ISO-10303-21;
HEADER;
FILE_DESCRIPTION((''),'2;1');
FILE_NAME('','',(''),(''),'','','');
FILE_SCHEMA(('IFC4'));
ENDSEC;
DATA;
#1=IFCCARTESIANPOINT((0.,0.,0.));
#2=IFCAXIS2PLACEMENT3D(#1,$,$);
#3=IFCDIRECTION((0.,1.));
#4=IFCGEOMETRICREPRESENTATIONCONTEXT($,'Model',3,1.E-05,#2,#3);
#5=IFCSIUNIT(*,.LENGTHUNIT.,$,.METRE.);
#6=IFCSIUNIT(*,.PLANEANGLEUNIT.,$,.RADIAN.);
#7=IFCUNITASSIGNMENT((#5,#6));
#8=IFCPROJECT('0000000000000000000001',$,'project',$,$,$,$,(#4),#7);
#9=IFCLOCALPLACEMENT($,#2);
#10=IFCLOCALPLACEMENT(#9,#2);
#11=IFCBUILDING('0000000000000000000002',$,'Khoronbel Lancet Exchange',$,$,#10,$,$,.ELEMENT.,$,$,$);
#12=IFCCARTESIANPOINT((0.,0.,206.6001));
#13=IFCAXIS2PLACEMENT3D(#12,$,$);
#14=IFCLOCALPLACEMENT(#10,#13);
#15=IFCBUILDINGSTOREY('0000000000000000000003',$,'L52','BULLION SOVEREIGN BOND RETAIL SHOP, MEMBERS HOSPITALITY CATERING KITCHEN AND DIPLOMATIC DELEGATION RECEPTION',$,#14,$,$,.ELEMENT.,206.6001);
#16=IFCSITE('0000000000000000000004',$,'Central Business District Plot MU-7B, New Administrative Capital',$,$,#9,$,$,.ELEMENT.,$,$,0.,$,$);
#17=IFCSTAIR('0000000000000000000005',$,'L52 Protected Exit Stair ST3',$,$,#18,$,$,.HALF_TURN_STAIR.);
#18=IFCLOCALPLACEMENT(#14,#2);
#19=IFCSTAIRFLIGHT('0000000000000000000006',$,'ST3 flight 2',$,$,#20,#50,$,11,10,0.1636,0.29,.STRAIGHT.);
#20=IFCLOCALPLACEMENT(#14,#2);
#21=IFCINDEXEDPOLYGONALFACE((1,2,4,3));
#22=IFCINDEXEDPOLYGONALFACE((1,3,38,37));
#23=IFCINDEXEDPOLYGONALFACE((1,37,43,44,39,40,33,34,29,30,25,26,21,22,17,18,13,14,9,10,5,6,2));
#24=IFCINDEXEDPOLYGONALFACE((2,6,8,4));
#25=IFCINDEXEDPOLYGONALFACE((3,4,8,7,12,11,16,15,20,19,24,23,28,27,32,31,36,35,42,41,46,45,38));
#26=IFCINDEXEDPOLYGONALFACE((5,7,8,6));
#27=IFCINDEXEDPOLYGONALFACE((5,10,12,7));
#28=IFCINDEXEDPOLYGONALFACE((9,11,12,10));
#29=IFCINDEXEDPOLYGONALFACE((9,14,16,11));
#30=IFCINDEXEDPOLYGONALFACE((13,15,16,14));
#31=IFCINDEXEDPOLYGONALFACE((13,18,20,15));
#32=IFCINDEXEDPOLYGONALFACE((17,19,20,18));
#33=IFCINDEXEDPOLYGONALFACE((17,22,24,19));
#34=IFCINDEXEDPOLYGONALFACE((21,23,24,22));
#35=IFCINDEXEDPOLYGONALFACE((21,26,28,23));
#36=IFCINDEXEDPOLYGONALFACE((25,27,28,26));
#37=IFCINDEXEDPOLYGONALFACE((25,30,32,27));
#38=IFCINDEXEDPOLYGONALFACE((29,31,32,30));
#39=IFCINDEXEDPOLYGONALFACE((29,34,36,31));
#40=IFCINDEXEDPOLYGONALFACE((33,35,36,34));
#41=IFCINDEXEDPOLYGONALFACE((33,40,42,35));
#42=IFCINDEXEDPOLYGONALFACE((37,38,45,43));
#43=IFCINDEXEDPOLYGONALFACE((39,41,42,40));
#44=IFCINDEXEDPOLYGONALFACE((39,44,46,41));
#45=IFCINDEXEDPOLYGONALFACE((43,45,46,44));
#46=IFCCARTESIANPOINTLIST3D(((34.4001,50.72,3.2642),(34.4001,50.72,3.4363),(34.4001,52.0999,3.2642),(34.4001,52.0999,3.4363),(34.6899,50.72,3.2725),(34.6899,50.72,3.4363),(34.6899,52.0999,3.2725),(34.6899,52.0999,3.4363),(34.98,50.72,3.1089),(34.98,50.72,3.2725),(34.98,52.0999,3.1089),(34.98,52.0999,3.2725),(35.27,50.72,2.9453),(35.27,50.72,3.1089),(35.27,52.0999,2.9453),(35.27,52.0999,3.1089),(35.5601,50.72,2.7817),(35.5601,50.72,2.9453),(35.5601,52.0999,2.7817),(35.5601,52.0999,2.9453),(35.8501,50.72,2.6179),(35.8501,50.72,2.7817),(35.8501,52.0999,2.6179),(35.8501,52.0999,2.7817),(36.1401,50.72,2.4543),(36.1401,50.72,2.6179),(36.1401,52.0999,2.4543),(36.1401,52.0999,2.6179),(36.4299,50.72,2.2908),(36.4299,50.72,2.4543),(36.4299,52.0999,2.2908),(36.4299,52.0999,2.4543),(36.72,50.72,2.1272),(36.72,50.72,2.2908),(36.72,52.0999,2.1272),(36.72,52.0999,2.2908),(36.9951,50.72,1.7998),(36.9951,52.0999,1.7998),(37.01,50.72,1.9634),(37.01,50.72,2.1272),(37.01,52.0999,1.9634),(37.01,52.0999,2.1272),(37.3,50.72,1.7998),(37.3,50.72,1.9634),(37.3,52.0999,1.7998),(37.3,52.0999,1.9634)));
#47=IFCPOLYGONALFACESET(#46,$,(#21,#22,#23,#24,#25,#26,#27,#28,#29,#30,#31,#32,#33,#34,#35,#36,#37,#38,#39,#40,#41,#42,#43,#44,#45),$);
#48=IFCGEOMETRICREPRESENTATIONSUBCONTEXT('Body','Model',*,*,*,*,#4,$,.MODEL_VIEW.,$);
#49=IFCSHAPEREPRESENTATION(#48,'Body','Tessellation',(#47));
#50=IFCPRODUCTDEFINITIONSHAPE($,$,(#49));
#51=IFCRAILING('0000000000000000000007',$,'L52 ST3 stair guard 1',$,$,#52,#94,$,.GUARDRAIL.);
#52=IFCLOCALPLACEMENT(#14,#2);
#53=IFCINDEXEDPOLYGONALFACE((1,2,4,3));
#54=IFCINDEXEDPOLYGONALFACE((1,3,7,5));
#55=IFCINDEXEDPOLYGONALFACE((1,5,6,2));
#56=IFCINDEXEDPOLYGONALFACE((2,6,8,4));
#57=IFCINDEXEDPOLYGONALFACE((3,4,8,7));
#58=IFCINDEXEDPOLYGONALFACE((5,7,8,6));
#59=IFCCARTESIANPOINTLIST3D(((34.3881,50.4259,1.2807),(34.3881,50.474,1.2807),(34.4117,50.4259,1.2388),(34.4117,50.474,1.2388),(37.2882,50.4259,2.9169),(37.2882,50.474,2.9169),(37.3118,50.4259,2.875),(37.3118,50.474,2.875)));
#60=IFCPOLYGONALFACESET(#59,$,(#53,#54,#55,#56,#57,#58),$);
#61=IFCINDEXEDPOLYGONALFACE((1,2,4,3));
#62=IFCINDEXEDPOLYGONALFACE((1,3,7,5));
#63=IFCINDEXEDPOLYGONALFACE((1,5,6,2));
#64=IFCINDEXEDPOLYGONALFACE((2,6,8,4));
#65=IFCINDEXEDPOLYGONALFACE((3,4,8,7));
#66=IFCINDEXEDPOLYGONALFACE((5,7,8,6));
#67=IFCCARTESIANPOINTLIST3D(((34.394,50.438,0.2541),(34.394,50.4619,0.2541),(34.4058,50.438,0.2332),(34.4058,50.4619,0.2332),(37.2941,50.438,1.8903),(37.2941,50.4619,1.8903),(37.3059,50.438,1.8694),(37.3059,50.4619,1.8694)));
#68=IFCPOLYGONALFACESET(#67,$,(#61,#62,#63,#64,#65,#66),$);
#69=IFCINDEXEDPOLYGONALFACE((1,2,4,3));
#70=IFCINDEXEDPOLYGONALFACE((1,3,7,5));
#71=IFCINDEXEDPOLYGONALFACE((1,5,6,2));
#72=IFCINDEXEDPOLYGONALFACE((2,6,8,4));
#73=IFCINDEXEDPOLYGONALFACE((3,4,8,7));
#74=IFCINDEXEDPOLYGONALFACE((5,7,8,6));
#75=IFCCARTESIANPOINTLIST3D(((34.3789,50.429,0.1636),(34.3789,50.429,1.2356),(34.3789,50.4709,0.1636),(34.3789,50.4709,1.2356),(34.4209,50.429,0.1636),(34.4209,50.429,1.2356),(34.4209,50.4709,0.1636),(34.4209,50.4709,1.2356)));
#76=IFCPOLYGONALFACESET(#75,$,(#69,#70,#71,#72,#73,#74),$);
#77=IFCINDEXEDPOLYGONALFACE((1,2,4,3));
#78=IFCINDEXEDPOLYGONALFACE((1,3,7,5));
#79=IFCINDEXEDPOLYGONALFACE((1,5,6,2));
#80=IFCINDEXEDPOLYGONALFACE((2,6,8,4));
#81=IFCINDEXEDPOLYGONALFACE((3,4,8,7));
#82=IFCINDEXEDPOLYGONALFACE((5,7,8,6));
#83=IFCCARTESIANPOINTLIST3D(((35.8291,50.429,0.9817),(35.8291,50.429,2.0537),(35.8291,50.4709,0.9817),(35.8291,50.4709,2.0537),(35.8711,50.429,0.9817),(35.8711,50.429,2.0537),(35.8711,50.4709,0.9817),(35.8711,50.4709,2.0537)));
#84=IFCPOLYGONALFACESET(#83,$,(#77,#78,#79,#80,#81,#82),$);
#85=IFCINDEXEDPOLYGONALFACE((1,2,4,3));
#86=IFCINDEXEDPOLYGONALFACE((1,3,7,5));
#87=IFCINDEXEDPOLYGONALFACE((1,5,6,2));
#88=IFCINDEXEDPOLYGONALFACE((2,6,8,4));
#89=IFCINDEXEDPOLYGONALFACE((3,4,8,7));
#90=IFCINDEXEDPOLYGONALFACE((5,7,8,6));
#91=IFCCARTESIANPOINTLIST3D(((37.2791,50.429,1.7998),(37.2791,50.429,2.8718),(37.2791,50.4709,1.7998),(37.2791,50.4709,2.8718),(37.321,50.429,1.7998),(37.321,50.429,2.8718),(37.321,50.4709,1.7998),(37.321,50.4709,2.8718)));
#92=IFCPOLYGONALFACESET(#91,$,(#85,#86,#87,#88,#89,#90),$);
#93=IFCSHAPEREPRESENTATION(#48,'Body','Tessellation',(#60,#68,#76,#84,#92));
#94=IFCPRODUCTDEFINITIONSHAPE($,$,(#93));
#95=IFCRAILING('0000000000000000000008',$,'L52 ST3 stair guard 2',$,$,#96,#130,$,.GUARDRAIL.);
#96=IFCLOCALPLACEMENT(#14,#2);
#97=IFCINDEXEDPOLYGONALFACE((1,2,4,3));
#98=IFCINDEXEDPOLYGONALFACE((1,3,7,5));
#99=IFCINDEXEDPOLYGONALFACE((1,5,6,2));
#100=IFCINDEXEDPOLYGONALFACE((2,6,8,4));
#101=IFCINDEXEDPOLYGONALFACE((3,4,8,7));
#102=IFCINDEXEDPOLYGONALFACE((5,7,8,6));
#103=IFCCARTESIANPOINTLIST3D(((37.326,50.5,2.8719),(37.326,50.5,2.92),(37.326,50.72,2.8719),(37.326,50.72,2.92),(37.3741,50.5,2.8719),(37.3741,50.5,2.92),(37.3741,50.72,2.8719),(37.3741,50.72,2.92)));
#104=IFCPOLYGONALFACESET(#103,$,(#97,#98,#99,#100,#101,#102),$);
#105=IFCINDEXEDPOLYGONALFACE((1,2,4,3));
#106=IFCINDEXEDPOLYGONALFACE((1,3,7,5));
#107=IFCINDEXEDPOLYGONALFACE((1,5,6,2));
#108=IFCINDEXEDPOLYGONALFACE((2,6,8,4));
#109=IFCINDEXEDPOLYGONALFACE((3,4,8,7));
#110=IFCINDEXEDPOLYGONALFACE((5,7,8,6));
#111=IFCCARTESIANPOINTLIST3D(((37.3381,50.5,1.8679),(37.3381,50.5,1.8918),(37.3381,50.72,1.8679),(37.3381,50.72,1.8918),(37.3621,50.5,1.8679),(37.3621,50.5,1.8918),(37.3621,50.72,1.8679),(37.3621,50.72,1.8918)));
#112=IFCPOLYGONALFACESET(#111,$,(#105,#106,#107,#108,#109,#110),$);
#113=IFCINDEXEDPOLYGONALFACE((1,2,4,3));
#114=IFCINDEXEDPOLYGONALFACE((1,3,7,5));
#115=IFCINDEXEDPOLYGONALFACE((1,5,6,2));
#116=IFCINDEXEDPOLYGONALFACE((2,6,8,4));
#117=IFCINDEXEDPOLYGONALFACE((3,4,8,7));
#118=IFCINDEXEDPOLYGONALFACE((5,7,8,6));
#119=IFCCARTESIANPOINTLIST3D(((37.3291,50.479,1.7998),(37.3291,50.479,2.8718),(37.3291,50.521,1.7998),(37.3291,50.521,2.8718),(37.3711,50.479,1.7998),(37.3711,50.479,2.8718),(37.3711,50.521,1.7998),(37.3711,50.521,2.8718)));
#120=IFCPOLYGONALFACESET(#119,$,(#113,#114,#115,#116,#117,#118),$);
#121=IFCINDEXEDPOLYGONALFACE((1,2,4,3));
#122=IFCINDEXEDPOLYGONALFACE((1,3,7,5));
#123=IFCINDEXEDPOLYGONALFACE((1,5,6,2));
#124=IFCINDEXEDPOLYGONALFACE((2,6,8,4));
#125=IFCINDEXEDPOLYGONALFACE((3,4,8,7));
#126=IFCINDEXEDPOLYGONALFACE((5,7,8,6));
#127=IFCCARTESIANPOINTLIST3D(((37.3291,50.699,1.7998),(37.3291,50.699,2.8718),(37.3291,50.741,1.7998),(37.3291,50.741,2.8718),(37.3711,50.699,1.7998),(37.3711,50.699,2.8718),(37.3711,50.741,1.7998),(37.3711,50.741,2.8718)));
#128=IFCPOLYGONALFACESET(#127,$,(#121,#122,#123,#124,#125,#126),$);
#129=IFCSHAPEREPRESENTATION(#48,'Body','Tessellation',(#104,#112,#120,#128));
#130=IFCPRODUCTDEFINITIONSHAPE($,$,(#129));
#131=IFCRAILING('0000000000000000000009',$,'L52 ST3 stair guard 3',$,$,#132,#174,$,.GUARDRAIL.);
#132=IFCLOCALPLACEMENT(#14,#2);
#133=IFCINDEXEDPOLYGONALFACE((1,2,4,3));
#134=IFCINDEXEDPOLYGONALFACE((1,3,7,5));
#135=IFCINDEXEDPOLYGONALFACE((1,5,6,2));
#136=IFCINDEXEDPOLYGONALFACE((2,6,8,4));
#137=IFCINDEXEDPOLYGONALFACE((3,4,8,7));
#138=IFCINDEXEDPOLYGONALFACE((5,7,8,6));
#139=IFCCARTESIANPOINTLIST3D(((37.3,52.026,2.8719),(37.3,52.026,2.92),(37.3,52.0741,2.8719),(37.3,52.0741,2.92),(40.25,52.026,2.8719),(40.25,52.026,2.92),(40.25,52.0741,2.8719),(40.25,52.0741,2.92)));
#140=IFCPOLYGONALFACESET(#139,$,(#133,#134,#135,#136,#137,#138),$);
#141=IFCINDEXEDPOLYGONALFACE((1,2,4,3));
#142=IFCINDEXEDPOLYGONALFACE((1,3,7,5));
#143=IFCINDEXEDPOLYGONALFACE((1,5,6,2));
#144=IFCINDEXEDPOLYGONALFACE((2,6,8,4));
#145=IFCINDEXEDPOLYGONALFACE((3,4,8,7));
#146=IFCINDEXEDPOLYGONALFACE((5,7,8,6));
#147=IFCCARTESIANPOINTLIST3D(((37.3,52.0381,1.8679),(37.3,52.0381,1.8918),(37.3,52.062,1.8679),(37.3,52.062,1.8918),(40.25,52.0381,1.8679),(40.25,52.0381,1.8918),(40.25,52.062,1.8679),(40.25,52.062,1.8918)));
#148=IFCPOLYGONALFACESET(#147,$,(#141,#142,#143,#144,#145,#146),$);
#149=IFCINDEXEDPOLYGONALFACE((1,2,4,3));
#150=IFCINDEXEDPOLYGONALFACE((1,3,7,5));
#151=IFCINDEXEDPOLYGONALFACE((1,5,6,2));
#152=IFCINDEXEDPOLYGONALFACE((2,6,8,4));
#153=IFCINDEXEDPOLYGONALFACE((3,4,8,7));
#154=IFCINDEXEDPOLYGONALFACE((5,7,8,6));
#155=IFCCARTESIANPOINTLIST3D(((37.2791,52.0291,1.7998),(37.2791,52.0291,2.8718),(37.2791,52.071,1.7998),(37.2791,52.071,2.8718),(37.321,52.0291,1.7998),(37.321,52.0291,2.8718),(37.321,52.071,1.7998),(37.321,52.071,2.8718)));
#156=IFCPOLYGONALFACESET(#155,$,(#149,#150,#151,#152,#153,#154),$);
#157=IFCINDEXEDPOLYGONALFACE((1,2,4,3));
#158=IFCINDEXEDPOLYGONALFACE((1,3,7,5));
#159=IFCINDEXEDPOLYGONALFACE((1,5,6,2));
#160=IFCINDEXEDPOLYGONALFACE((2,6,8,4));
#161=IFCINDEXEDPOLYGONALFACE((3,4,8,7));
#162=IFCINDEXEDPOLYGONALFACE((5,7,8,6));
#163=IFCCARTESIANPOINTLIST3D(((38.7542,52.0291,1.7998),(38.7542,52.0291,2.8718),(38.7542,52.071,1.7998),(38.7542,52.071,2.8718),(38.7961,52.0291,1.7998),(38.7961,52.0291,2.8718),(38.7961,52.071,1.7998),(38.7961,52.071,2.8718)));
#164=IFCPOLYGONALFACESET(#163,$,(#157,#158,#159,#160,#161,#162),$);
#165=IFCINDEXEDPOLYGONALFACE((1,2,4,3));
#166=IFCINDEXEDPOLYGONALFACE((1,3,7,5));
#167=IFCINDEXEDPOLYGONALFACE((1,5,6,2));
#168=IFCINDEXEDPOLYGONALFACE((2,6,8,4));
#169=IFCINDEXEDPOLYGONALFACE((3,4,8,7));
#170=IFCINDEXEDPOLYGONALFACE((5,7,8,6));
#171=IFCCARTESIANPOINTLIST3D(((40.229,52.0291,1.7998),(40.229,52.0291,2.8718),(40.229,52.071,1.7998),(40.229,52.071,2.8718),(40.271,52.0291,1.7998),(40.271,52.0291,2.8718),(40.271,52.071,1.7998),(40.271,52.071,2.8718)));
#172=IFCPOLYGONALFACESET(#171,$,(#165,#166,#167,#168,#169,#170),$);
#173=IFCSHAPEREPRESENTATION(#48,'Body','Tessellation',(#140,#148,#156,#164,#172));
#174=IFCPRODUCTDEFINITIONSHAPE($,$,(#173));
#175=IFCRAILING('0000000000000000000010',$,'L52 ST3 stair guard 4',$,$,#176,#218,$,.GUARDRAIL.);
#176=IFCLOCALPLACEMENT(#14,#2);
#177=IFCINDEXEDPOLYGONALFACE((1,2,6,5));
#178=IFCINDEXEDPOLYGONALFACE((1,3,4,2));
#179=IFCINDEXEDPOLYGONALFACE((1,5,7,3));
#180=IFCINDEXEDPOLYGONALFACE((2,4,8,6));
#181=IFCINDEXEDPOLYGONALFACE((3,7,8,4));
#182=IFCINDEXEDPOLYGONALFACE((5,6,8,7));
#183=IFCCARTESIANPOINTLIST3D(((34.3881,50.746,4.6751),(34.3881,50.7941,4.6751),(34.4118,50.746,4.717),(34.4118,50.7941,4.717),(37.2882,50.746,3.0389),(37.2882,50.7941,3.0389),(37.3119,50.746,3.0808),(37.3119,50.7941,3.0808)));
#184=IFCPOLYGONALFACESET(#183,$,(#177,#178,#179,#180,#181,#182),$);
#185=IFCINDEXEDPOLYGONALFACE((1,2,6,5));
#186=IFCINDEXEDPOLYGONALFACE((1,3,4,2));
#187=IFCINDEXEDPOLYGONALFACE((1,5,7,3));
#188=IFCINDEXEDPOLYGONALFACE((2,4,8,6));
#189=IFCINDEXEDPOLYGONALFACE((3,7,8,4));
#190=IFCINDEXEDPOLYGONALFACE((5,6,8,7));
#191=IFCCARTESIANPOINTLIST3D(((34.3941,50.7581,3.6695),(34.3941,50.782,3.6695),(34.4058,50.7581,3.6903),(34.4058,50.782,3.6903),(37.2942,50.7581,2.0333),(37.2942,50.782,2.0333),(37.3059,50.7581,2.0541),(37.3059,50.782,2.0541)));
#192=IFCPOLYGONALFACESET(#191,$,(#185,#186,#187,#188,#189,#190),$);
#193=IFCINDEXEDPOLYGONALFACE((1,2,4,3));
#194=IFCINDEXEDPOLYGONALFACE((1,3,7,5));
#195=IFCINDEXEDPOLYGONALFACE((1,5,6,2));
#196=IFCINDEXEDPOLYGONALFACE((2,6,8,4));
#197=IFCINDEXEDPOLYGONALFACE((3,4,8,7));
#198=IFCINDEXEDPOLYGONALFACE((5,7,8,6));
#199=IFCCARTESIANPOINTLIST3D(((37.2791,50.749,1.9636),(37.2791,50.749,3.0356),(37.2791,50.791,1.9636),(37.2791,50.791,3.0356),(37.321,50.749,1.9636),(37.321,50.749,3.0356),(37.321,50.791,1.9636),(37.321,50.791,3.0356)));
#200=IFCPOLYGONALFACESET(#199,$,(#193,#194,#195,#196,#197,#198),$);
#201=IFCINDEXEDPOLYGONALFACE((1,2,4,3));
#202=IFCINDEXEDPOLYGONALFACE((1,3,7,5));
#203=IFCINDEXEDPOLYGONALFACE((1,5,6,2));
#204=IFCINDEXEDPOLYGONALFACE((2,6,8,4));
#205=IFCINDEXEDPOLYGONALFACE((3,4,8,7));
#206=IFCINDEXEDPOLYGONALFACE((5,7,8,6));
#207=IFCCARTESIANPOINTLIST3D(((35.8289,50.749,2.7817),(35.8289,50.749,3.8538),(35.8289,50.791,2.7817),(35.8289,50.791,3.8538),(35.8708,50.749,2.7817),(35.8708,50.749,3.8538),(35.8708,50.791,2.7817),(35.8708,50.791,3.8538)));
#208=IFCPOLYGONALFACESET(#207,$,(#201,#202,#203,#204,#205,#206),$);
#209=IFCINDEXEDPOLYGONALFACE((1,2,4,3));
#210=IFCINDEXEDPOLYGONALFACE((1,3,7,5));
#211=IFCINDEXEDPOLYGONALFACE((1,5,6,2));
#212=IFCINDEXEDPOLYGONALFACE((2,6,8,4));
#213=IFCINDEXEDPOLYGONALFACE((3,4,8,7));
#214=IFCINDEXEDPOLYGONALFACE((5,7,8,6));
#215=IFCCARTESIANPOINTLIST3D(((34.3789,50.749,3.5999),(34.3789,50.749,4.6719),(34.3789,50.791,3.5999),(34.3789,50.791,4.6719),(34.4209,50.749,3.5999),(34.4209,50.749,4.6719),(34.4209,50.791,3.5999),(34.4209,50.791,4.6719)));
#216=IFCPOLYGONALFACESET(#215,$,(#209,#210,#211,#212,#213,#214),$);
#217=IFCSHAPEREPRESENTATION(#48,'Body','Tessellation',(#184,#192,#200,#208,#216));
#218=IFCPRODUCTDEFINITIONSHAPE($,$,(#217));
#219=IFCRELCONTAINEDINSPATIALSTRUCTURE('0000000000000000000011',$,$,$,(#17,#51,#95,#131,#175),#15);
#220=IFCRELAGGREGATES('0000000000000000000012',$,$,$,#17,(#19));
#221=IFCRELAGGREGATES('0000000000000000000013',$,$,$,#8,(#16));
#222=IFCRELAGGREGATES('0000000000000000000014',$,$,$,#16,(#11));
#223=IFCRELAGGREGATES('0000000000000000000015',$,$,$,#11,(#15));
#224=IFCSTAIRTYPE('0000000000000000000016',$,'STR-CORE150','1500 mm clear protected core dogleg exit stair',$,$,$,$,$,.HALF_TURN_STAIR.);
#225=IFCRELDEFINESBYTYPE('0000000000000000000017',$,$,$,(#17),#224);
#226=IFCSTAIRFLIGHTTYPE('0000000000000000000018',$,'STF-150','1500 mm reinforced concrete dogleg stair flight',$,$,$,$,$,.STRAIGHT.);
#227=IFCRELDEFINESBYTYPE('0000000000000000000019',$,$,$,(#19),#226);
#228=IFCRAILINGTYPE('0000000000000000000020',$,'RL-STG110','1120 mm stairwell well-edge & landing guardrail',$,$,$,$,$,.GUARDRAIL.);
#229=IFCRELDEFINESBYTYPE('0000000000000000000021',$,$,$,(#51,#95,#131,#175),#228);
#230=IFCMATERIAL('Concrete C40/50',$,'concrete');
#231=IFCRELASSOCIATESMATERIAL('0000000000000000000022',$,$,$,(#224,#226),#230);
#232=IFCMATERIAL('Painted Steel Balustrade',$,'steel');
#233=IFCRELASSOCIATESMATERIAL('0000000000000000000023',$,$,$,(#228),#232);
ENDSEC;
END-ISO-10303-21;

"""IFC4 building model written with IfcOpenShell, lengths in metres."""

from ifc_helpers import new_model, si_unit, direction, frame, origin, origin_2d, place, context, subcontext, project, spatial, polyline, rectangle, outline, extrude, material, type_object, element, aggregate, save


model = new_model("IFC4")

# Units and contexts
model_context = context("Model", 3, precision=1e-05, world=origin(), true_north=direction((0.0, 1.0)))
body_context = subcontext(model_context, "Body", "Model", "MODEL_VIEW")
ifc_project = project(units=[si_unit("LENGTHUNIT", "METRE"), si_unit("PLANEANGLEUNIT", "RADIAN")], contexts=[model_context])

# Site, building, storey
site_placement = place(None, origin())
site = spatial("IfcSite", under=ifc_project, at=site_placement, Name="Central Business District Plot MU-7B, New Administrative Capital", CompositionType="ELEMENT", RefElevation=0.0)
building_placement = place(site_placement, origin())
building = spatial("IfcBuilding", under=site, at=building_placement, Name="Khoronbel Lancet Exchange", CompositionType="ELEMENT")
storey_placement = place(building_placement, frame((0.0, 0.0, 206.6001)))
storey = spatial("IfcBuildingStorey", under=building, at=storey_placement, Name="L52", Description="BULLION SOVEREIGN BOND RETAIL SHOP, MEMBERS HOSPITALITY CATERING KITCHEN AND DIPLOMATIC DELEGATION RECEPTION", CompositionType="ELEMENT", Elevation=206.6001)

# Stair, stair flight
ifc_material_1 = material(Name="Concrete C40/50", Category="concrete")
stair_type = type_object("IfcStairType", Name="STR-CORE150", Description="1500 mm clear protected core dogleg exit stair", PredefinedType="HALF_TURN_STAIR", material=ifc_material_1)
stair_placement = place(storey_placement, origin())
stair = element("IfcStair", 1, at=stair_placement, inside=storey, type_object=stair_type, Name="L52 Protected Exit Stair ST3", PredefinedType="HALF_TURN_STAIR")
stair_flight_type = type_object("IfcStairFlightType", Name="STF-150", Description="1500 mm reinforced concrete dogleg stair flight", PredefinedType="STRAIGHT", material=ifc_material_1)
stair_flight_1_placement = place(storey_placement, frame((37.3, 51.4099, 1.7998), z_axis=(0.0, 0.0, 1.0), x_axis=(-1.0, 0.0, 0.0)))
stair_flight_1 = element("IfcStairFlight", 2, at=stair_flight_1_placement, type_object=stair_flight_type, Name="ST3 flight 2", NumberOfRisers=11, NumberOfTreads=10, PredefinedType="STRAIGHT", RiserHeight=0.1636, TreadLength=0.29, context=body_context, shape_type="SweptSolid", body=[
    extrude(outline(polyline([(0.0, 0.0), (0.0, 0.1636), (0.29, 0.1636), (0.29, 0.3274), (0.5801, 0.3274), (0.5801, 0.491), (0.8701, 0.491), (0.8701, 0.6545), (1.1599, 0.6545), (1.1599, 0.8181), (1.45, 0.8181), (1.45, 0.9819), (1.74, 0.9819), (1.74, 1.1455), (2.03, 1.1455), (2.03, 1.3091), (2.3201, 1.3091), (2.3201, 1.4727), (2.6101, 1.4727), (2.6101, 1.6365), (2.8999, 1.6365), (2.8999, 1.8), (2.8999, 1.4644), (0.3049, 0.0), (0.0, 0.0)])), frame((0.0, 0.6899, 0.0), z_axis=(0.0, -1.0, 0.0), x_axis=(1.0, 0.0, 0.0)), (0.0, 0.0, 1.0), 1.3799),
])
aggregate(stair, [stair_flight_1])

# Railings
ifc_material_2 = material(Name="Painted Steel Balustrade", Category="steel")
railing_type_1 = type_object("IfcRailingType", Name="RL-STG110", Description="1120 mm stairwell well-edge & landing guardrail", PredefinedType="GUARDRAIL", material=ifc_material_2)
railing_1_placement = place(storey_placement, frame((34.3999, 50.45, 0.1636)))
element("IfcRailing", 3, at=railing_1_placement, inside=storey, type_object=railing_type_1, Name="L52 ST3 stair guard 1", PredefinedType="GUARDRAIL", context=body_context, shape_type="SweptSolid", body=[
    extrude(rectangle(XDim=0.0481, YDim=0.0481, at=origin_2d()), frame((0.0, 0.0, 1.0962), z_axis=(0.870946, 0.0, 0.491378), x_axis=(0.0, 1.0, 0.0)), (0.0, 0.0, 1.0), 3.3298),
    extrude(rectangle(XDim=0.0239, YDim=0.0239, at=origin_2d()), frame((0.0, 0.0, 0.0801), z_axis=(0.870946, 0.0, 0.491378), x_axis=(0.0, 1.0, 0.0)), (0.0, 0.0, 1.0), 3.3298),
    extrude(rectangle(XDim=0.042, YDim=0.042, at=origin_2d()), origin(), (0.0, 0.0, 1.0), 1.072),
    extrude(rectangle(XDim=0.042, YDim=0.042, at=origin_2d()), frame((1.4502, 0.0, 0.8181)), (0.0, 0.0, 1.0), 1.072),
    extrude(rectangle(XDim=0.042, YDim=0.042, at=origin_2d()), frame((2.9001, 0.0, 1.6362)), (0.0, 0.0, 1.0), 1.072),
])
railing_2_placement = place(storey_placement, frame((37.3501, 50.5, 1.7998)))
element("IfcRailing", 4, at=railing_2_placement, inside=storey, type_object=railing_type_1, Name="L52 ST3 stair guard 2", PredefinedType="GUARDRAIL", context=body_context, shape_type="SweptSolid", body=[
    extrude(rectangle(XDim=0.0481, YDim=0.0481, at=origin_2d()), frame((0.0, 0.0, 1.0962), z_axis=(0.0, 1.0, 0.0), x_axis=(-1.0, 0.0, 0.0)), (0.0, 0.0, 1.0), 0.22),
    extrude(rectangle(XDim=0.0239, YDim=0.0239, at=origin_2d()), frame((0.0, 0.0, 0.0801), z_axis=(0.0, 1.0, 0.0), x_axis=(-1.0, 0.0, 0.0)), (0.0, 0.0, 1.0), 0.22),
    extrude(rectangle(XDim=0.042, YDim=0.042, at=origin_2d()), origin(), (0.0, 0.0, 1.0), 1.072),
    extrude(rectangle(XDim=0.042, YDim=0.042, at=origin_2d()), frame((0.0, 0.22, 0.0)), (0.0, 0.0, 1.0), 1.072),
])
railing_3_placement = place(storey_placement, frame((37.3, 52.05, 1.7998)))
element("IfcRailing", 5, at=railing_3_placement, inside=storey, type_object=railing_type_1, Name="L52 ST3 stair guard 3", PredefinedType="GUARDRAIL", context=body_context, shape_type="SweptSolid", body=[
    extrude(rectangle(XDim=0.0481, YDim=0.0481, at=origin_2d()), frame((0.0, 0.0, 1.0962), z_axis=(1.0, 0.0, 0.0), x_axis=(0.0, 1.0, 0.0)), (0.0, 0.0, 1.0), 2.95),
    extrude(rectangle(XDim=0.0239, YDim=0.0239, at=origin_2d()), frame((0.0, 0.0, 0.0801), z_axis=(1.0, 0.0, 0.0), x_axis=(0.0, 1.0, 0.0)), (0.0, 0.0, 1.0), 2.95),
    extrude(rectangle(XDim=0.042, YDim=0.042, at=origin_2d()), origin(), (0.0, 0.0, 1.0), 1.072),
    extrude(rectangle(XDim=0.042, YDim=0.042, at=origin_2d()), frame((1.4751, 0.0, 0.0)), (0.0, 0.0, 1.0), 1.072),
    extrude(rectangle(XDim=0.042, YDim=0.042, at=origin_2d()), frame((2.95, 0.0, 0.0)), (0.0, 0.0, 1.0), 1.072),
])
railing_4_placement = place(storey_placement, frame((37.3, 50.77, 1.9636)))
element("IfcRailing", 6, at=railing_4_placement, inside=storey, type_object=railing_type_1, Name="L52 ST3 stair guard 4", PredefinedType="GUARDRAIL", context=body_context, shape_type="SweptSolid", body=[
    extrude(rectangle(XDim=0.0481, YDim=0.0481, at=origin_2d()), frame((0.0, 0.0, 1.0962), z_axis=(-0.870946, 0.0, 0.491378), x_axis=(0.0, -1.0, 0.0)), (0.0, 0.0, 1.0), 3.3298),
    extrude(rectangle(XDim=0.0239, YDim=0.0239, at=origin_2d()), frame((0.0, 0.0, 0.0801), z_axis=(-0.870946, 0.0, 0.491378), x_axis=(0.0, -1.0, 0.0)), (0.0, 0.0, 1.0), 3.3298),
    extrude(rectangle(XDim=0.042, YDim=0.042, at=origin_2d()), origin(), (0.0, 0.0, 1.0), 1.072),
    extrude(rectangle(XDim=0.042, YDim=0.042, at=origin_2d()), frame((-1.4502, 0.0, 0.8181)), (0.0, 0.0, 1.0), 1.072),
    extrude(rectangle(XDim=0.042, YDim=0.042, at=origin_2d()), frame((-2.9001, 0.0, 1.6362)), (0.0, 0.0, 1.0), 1.072),
])

save(model, "model.ifc")
